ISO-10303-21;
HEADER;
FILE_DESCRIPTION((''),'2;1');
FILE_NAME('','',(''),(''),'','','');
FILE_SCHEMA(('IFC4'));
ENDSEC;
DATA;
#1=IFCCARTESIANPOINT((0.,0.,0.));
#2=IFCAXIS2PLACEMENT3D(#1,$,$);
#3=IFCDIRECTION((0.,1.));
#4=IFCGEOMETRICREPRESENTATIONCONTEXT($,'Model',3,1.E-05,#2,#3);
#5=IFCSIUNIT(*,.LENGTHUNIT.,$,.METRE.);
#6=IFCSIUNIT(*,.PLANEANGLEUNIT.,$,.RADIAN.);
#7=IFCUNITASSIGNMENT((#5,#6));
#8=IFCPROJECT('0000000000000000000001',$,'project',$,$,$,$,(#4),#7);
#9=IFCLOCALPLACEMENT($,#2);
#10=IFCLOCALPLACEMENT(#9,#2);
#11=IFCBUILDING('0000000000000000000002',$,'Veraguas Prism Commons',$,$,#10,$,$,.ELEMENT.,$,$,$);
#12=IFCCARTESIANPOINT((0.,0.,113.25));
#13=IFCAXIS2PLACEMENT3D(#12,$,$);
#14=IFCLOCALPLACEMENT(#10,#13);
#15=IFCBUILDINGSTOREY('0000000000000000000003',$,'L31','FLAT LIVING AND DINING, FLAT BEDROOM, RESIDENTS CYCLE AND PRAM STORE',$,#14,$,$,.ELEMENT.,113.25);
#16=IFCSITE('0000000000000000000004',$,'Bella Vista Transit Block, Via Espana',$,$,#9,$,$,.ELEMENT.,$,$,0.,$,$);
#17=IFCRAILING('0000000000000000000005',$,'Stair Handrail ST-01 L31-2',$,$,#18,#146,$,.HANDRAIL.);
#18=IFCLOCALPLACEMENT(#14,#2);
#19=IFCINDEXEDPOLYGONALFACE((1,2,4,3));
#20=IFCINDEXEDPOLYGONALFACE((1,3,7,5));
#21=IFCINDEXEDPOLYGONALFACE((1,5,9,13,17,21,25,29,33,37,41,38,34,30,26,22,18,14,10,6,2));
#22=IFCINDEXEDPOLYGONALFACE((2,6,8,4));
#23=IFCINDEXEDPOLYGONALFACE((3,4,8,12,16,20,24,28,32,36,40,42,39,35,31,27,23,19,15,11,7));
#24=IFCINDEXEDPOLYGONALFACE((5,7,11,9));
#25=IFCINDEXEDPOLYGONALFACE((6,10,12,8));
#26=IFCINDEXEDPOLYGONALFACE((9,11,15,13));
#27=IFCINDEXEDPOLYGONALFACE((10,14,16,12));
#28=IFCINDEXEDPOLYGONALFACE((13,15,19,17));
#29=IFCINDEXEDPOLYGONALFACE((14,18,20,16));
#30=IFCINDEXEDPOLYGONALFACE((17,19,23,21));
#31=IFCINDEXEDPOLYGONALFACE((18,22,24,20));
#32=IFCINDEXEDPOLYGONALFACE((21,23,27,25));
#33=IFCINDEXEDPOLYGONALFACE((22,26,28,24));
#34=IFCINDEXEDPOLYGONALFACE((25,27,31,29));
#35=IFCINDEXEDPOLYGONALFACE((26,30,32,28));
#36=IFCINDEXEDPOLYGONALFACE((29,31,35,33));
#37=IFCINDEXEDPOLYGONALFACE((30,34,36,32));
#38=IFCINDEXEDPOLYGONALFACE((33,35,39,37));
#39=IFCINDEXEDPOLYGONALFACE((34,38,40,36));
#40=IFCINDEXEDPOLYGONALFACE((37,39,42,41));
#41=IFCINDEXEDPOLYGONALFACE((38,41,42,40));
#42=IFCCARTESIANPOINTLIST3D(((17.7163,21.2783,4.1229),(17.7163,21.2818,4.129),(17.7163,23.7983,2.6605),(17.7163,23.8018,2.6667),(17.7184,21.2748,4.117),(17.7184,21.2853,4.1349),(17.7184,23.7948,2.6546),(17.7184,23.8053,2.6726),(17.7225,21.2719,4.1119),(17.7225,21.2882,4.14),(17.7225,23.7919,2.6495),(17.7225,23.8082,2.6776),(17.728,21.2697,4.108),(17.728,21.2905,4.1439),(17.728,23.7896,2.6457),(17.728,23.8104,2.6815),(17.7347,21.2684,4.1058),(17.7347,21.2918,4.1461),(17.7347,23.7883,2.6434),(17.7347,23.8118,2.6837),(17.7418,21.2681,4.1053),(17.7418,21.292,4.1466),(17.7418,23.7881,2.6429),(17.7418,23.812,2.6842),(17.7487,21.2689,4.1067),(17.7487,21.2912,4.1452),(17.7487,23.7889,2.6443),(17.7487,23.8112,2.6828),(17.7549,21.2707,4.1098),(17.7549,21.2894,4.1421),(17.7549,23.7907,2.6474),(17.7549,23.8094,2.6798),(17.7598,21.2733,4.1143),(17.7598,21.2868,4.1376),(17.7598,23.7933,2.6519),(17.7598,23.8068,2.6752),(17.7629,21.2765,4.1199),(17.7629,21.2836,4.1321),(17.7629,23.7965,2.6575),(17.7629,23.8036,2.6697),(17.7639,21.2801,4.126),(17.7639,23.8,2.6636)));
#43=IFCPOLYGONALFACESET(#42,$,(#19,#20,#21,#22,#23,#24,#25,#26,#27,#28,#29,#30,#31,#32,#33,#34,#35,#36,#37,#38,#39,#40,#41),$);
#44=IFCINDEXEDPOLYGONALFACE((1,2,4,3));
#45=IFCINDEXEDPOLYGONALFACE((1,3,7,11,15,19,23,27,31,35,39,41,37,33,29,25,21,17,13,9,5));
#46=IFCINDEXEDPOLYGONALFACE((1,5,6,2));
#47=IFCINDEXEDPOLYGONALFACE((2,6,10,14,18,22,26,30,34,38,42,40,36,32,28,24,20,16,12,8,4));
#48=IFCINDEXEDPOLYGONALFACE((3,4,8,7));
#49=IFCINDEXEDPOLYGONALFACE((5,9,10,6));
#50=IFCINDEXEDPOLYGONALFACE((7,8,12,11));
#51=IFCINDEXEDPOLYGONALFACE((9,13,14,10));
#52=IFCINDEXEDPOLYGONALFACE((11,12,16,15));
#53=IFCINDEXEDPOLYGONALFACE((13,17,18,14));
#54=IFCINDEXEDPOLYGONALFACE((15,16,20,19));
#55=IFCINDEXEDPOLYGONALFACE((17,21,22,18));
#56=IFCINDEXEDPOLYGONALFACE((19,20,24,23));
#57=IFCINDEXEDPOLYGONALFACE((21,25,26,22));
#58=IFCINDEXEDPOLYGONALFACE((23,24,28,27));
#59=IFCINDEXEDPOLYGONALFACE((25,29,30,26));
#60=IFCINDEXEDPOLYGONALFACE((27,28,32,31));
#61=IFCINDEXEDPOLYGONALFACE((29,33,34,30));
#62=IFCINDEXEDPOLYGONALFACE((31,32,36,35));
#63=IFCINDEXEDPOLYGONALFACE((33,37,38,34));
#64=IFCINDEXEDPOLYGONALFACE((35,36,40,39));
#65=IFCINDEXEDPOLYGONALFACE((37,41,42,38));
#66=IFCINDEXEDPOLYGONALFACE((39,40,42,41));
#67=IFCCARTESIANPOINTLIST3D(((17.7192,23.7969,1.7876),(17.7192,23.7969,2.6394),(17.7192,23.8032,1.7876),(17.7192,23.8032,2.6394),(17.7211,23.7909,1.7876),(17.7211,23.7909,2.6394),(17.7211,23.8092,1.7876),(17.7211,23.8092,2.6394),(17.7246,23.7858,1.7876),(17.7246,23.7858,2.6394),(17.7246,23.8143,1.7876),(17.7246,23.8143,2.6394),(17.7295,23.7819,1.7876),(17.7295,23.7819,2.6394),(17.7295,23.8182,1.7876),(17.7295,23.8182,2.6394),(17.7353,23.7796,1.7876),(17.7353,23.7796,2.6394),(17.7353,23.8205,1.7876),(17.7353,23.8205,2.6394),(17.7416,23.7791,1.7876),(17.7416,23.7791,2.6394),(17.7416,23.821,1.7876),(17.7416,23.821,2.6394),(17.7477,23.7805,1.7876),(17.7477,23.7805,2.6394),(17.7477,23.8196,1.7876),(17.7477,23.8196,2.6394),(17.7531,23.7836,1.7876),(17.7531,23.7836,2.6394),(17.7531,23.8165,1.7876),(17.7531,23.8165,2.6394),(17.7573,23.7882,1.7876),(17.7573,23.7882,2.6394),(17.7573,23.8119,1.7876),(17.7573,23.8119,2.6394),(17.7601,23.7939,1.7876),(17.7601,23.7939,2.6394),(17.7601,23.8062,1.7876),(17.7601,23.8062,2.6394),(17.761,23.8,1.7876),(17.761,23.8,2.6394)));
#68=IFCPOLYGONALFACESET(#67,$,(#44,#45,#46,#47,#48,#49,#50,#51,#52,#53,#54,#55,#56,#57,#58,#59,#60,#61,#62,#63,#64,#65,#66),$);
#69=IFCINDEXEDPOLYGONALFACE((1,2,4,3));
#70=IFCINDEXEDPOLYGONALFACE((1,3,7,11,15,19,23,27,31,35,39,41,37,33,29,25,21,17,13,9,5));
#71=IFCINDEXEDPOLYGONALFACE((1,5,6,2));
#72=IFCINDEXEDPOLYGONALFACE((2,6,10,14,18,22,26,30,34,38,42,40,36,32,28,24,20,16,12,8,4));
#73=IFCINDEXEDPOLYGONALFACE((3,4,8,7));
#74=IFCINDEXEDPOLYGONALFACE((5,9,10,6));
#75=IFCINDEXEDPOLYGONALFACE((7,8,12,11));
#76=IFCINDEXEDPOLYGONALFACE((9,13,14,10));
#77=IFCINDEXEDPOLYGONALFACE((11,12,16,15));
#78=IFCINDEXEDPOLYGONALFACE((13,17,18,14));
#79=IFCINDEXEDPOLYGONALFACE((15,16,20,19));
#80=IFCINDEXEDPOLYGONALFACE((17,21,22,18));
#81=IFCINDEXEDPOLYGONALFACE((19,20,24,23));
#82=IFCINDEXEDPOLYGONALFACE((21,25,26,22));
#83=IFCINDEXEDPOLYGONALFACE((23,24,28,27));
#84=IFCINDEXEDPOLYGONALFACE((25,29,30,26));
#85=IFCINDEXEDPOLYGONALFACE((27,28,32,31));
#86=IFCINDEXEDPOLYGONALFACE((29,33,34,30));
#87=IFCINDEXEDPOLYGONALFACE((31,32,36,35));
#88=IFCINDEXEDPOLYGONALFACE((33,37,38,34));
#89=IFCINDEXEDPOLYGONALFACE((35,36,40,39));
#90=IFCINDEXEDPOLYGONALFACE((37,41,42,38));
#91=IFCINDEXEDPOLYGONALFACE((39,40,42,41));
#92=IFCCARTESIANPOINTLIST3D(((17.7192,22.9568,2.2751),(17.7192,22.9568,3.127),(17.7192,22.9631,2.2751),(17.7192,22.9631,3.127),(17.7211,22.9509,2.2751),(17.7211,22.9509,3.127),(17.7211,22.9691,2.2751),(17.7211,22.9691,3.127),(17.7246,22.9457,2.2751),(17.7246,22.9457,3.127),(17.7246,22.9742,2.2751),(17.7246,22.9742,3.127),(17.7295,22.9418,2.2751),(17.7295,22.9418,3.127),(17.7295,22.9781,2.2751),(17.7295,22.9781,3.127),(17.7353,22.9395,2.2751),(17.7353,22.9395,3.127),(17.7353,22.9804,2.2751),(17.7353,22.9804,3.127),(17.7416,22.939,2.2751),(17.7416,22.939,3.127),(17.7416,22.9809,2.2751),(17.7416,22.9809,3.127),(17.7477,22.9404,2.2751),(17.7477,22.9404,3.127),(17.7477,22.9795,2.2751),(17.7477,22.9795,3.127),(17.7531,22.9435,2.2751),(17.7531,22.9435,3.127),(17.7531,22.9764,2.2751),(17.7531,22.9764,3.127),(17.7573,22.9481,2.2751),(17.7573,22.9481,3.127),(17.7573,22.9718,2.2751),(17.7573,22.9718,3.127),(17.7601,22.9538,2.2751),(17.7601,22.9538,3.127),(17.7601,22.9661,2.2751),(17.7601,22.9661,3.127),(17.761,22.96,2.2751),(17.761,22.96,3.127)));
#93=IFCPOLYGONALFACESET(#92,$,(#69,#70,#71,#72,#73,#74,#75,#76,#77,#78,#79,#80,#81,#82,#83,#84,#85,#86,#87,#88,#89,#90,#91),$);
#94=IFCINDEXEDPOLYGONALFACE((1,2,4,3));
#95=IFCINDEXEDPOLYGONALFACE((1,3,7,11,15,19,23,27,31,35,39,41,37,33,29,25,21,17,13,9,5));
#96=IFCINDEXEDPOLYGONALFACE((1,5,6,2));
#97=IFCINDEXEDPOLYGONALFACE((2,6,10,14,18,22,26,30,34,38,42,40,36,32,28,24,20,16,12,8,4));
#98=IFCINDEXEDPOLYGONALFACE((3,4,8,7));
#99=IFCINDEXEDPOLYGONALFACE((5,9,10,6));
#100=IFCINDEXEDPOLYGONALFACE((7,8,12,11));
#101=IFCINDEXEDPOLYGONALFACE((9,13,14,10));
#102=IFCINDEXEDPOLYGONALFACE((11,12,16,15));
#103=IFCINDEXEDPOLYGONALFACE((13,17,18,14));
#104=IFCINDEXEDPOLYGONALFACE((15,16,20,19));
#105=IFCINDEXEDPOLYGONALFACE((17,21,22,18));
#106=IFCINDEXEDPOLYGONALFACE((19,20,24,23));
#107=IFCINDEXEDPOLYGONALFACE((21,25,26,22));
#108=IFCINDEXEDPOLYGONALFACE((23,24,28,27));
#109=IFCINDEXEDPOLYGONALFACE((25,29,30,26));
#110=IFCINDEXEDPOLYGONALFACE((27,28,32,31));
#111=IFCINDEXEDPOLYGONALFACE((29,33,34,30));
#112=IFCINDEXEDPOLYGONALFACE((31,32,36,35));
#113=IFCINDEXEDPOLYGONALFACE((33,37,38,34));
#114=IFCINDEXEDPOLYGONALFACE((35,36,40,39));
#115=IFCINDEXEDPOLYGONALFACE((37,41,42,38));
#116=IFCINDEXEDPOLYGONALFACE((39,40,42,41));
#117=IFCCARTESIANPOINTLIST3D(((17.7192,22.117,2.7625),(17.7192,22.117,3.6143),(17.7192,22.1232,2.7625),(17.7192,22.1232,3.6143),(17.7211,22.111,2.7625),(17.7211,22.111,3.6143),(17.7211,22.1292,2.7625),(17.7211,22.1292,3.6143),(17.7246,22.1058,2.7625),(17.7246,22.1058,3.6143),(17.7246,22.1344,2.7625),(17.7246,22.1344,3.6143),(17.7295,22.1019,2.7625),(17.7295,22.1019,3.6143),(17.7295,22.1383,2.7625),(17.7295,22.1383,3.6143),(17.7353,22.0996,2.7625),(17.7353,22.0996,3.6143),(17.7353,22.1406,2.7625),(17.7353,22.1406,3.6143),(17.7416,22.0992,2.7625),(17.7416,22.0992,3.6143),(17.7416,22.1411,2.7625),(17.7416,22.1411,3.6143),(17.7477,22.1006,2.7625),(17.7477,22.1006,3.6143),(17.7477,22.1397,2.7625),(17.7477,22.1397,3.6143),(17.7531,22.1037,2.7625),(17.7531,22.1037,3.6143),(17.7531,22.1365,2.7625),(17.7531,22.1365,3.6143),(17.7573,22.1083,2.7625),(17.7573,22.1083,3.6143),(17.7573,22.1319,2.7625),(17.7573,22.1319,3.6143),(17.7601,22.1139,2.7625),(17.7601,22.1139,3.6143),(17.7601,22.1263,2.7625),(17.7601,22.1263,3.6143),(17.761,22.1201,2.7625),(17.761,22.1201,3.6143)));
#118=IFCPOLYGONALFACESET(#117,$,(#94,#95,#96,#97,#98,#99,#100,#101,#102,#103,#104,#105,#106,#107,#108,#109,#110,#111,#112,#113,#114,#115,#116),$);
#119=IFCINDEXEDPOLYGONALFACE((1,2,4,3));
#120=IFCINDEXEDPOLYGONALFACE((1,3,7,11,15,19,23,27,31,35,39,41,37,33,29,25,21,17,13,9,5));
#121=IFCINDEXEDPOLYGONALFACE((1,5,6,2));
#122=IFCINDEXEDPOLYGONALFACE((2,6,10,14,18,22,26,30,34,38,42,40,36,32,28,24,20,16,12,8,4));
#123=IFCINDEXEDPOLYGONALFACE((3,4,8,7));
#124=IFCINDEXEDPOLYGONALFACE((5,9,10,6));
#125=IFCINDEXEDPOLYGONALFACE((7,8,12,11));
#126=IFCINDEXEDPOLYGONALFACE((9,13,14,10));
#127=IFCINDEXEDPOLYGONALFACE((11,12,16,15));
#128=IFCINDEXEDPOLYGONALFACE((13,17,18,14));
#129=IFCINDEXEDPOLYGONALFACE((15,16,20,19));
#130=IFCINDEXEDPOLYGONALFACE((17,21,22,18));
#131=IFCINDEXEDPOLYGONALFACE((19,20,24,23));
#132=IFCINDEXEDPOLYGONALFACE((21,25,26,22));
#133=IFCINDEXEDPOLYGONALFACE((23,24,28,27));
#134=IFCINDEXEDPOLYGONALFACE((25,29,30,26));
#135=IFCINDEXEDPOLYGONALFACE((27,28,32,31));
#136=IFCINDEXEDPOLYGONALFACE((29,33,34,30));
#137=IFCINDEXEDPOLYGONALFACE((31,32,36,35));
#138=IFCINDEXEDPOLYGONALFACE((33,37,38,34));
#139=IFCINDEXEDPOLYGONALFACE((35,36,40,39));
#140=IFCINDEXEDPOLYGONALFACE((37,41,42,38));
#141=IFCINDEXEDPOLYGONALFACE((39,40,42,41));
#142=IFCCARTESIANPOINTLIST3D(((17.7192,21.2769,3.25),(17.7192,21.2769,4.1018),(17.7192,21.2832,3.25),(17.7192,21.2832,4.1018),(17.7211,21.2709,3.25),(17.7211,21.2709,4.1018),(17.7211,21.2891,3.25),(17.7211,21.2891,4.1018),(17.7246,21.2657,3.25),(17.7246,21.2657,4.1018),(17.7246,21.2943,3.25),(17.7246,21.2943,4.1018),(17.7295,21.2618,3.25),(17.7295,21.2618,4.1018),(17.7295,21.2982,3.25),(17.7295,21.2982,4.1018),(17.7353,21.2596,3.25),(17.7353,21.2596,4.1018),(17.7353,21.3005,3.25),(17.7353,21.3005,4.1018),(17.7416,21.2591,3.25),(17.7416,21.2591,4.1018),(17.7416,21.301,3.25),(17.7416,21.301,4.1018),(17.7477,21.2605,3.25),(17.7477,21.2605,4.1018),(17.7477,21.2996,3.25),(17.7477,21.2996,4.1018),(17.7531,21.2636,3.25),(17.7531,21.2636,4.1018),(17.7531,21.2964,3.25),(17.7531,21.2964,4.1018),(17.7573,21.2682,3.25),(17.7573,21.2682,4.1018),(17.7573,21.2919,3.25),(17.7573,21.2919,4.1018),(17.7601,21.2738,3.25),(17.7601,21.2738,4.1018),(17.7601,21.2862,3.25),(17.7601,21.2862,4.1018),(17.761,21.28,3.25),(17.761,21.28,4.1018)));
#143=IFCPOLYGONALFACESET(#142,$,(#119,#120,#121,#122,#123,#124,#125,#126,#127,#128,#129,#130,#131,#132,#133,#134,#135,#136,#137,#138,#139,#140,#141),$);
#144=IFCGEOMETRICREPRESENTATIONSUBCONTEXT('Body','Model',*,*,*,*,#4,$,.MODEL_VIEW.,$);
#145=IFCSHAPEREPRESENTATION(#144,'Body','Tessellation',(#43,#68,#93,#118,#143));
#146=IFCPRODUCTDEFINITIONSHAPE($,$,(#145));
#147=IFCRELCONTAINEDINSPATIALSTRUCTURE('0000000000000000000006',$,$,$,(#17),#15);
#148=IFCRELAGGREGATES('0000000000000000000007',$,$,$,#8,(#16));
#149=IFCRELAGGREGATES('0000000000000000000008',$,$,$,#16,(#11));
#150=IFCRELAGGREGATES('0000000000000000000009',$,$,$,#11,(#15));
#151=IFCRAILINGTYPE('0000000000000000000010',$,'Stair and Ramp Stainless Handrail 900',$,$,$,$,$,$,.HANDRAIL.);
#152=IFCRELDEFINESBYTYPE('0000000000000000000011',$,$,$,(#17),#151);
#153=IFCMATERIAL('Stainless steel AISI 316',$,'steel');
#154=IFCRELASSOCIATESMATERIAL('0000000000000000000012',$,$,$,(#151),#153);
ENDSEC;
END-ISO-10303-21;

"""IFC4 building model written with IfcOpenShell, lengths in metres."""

from ifc_helpers import new_model, si_unit, direction, frame, origin, origin_2d, place, context, subcontext, project, spatial, circle, extrude, material, type_object, element, save


model = new_model("IFC4")

# Units and contexts
model_context = context("Model", 3, precision=1e-05, world=origin(), true_north=direction((0.0, 1.0)))
body_context = subcontext(model_context, "Body", "Model", "MODEL_VIEW")
ifc_project = project(units=[si_unit("LENGTHUNIT", "METRE"), si_unit("PLANEANGLEUNIT", "RADIAN")], contexts=[model_context])

# Site, building, storey
site_placement = place(None, origin())
site = spatial("IfcSite", under=ifc_project, at=site_placement, Name="Bella Vista Transit Block, Via Espana", CompositionType="ELEMENT", RefElevation=0.0)
building_placement = place(site_placement, origin())
building = spatial("IfcBuilding", under=site, at=building_placement, Name="Veraguas Prism Commons", CompositionType="ELEMENT")
storey_placement = place(building_placement, frame((0.0, 0.0, 113.25)))
storey = spatial("IfcBuildingStorey", under=building, at=storey_placement, Name="L31", Description="FLAT LIVING AND DINING, FLAT BEDROOM, RESIDENTS CYCLE AND PRAM STORE", CompositionType="ELEMENT", Elevation=113.25)

# Railing
ifc_material_1 = material(Name="Stainless steel AISI 316", Category="steel")
railing_type_1 = type_object("IfcRailingType", Name="Stair and Ramp Stainless Handrail 900", PredefinedType="HANDRAIL", material=ifc_material_1)
railing_1_placement = place(storey_placement, frame((17.74, 23.8, 1.7876)))
element("IfcRailing", 1, at=railing_1_placement, inside=storey, type_object=railing_type_1, Name="Stair Handrail ST-01 L31-2", PredefinedType="HANDRAIL", context=body_context, shape_type="SweptSolid", body=[
    extrude(circle(Radius=0.0239, at=origin_2d()), frame((0.0, 0.0, 0.876), z_axis=(0.0, -0.864913, 0.501921), x_axis=(1.0, 0.0, 0.0)), (0.0, 0.0, 1.0), 2.9136),
    extrude(circle(Radius=0.021, at=origin_2d()), origin(), (0.0, 0.0, 1.0), 0.8518),
    extrude(circle(Radius=0.021, at=origin_2d()), frame((0.0, -0.8401, 0.4875)), (0.0, 0.0, 1.0), 0.8518),
    extrude(circle(Radius=0.021, at=origin_2d()), frame((0.0, -1.6799, 0.9749)), (0.0, 0.0, 1.0), 0.8518),
    extrude(circle(Radius=0.021, at=origin_2d()), frame((0.0, -2.52, 1.4624)), (0.0, 0.0, 1.0), 0.8518),
])

save(model, "model.ifc")
